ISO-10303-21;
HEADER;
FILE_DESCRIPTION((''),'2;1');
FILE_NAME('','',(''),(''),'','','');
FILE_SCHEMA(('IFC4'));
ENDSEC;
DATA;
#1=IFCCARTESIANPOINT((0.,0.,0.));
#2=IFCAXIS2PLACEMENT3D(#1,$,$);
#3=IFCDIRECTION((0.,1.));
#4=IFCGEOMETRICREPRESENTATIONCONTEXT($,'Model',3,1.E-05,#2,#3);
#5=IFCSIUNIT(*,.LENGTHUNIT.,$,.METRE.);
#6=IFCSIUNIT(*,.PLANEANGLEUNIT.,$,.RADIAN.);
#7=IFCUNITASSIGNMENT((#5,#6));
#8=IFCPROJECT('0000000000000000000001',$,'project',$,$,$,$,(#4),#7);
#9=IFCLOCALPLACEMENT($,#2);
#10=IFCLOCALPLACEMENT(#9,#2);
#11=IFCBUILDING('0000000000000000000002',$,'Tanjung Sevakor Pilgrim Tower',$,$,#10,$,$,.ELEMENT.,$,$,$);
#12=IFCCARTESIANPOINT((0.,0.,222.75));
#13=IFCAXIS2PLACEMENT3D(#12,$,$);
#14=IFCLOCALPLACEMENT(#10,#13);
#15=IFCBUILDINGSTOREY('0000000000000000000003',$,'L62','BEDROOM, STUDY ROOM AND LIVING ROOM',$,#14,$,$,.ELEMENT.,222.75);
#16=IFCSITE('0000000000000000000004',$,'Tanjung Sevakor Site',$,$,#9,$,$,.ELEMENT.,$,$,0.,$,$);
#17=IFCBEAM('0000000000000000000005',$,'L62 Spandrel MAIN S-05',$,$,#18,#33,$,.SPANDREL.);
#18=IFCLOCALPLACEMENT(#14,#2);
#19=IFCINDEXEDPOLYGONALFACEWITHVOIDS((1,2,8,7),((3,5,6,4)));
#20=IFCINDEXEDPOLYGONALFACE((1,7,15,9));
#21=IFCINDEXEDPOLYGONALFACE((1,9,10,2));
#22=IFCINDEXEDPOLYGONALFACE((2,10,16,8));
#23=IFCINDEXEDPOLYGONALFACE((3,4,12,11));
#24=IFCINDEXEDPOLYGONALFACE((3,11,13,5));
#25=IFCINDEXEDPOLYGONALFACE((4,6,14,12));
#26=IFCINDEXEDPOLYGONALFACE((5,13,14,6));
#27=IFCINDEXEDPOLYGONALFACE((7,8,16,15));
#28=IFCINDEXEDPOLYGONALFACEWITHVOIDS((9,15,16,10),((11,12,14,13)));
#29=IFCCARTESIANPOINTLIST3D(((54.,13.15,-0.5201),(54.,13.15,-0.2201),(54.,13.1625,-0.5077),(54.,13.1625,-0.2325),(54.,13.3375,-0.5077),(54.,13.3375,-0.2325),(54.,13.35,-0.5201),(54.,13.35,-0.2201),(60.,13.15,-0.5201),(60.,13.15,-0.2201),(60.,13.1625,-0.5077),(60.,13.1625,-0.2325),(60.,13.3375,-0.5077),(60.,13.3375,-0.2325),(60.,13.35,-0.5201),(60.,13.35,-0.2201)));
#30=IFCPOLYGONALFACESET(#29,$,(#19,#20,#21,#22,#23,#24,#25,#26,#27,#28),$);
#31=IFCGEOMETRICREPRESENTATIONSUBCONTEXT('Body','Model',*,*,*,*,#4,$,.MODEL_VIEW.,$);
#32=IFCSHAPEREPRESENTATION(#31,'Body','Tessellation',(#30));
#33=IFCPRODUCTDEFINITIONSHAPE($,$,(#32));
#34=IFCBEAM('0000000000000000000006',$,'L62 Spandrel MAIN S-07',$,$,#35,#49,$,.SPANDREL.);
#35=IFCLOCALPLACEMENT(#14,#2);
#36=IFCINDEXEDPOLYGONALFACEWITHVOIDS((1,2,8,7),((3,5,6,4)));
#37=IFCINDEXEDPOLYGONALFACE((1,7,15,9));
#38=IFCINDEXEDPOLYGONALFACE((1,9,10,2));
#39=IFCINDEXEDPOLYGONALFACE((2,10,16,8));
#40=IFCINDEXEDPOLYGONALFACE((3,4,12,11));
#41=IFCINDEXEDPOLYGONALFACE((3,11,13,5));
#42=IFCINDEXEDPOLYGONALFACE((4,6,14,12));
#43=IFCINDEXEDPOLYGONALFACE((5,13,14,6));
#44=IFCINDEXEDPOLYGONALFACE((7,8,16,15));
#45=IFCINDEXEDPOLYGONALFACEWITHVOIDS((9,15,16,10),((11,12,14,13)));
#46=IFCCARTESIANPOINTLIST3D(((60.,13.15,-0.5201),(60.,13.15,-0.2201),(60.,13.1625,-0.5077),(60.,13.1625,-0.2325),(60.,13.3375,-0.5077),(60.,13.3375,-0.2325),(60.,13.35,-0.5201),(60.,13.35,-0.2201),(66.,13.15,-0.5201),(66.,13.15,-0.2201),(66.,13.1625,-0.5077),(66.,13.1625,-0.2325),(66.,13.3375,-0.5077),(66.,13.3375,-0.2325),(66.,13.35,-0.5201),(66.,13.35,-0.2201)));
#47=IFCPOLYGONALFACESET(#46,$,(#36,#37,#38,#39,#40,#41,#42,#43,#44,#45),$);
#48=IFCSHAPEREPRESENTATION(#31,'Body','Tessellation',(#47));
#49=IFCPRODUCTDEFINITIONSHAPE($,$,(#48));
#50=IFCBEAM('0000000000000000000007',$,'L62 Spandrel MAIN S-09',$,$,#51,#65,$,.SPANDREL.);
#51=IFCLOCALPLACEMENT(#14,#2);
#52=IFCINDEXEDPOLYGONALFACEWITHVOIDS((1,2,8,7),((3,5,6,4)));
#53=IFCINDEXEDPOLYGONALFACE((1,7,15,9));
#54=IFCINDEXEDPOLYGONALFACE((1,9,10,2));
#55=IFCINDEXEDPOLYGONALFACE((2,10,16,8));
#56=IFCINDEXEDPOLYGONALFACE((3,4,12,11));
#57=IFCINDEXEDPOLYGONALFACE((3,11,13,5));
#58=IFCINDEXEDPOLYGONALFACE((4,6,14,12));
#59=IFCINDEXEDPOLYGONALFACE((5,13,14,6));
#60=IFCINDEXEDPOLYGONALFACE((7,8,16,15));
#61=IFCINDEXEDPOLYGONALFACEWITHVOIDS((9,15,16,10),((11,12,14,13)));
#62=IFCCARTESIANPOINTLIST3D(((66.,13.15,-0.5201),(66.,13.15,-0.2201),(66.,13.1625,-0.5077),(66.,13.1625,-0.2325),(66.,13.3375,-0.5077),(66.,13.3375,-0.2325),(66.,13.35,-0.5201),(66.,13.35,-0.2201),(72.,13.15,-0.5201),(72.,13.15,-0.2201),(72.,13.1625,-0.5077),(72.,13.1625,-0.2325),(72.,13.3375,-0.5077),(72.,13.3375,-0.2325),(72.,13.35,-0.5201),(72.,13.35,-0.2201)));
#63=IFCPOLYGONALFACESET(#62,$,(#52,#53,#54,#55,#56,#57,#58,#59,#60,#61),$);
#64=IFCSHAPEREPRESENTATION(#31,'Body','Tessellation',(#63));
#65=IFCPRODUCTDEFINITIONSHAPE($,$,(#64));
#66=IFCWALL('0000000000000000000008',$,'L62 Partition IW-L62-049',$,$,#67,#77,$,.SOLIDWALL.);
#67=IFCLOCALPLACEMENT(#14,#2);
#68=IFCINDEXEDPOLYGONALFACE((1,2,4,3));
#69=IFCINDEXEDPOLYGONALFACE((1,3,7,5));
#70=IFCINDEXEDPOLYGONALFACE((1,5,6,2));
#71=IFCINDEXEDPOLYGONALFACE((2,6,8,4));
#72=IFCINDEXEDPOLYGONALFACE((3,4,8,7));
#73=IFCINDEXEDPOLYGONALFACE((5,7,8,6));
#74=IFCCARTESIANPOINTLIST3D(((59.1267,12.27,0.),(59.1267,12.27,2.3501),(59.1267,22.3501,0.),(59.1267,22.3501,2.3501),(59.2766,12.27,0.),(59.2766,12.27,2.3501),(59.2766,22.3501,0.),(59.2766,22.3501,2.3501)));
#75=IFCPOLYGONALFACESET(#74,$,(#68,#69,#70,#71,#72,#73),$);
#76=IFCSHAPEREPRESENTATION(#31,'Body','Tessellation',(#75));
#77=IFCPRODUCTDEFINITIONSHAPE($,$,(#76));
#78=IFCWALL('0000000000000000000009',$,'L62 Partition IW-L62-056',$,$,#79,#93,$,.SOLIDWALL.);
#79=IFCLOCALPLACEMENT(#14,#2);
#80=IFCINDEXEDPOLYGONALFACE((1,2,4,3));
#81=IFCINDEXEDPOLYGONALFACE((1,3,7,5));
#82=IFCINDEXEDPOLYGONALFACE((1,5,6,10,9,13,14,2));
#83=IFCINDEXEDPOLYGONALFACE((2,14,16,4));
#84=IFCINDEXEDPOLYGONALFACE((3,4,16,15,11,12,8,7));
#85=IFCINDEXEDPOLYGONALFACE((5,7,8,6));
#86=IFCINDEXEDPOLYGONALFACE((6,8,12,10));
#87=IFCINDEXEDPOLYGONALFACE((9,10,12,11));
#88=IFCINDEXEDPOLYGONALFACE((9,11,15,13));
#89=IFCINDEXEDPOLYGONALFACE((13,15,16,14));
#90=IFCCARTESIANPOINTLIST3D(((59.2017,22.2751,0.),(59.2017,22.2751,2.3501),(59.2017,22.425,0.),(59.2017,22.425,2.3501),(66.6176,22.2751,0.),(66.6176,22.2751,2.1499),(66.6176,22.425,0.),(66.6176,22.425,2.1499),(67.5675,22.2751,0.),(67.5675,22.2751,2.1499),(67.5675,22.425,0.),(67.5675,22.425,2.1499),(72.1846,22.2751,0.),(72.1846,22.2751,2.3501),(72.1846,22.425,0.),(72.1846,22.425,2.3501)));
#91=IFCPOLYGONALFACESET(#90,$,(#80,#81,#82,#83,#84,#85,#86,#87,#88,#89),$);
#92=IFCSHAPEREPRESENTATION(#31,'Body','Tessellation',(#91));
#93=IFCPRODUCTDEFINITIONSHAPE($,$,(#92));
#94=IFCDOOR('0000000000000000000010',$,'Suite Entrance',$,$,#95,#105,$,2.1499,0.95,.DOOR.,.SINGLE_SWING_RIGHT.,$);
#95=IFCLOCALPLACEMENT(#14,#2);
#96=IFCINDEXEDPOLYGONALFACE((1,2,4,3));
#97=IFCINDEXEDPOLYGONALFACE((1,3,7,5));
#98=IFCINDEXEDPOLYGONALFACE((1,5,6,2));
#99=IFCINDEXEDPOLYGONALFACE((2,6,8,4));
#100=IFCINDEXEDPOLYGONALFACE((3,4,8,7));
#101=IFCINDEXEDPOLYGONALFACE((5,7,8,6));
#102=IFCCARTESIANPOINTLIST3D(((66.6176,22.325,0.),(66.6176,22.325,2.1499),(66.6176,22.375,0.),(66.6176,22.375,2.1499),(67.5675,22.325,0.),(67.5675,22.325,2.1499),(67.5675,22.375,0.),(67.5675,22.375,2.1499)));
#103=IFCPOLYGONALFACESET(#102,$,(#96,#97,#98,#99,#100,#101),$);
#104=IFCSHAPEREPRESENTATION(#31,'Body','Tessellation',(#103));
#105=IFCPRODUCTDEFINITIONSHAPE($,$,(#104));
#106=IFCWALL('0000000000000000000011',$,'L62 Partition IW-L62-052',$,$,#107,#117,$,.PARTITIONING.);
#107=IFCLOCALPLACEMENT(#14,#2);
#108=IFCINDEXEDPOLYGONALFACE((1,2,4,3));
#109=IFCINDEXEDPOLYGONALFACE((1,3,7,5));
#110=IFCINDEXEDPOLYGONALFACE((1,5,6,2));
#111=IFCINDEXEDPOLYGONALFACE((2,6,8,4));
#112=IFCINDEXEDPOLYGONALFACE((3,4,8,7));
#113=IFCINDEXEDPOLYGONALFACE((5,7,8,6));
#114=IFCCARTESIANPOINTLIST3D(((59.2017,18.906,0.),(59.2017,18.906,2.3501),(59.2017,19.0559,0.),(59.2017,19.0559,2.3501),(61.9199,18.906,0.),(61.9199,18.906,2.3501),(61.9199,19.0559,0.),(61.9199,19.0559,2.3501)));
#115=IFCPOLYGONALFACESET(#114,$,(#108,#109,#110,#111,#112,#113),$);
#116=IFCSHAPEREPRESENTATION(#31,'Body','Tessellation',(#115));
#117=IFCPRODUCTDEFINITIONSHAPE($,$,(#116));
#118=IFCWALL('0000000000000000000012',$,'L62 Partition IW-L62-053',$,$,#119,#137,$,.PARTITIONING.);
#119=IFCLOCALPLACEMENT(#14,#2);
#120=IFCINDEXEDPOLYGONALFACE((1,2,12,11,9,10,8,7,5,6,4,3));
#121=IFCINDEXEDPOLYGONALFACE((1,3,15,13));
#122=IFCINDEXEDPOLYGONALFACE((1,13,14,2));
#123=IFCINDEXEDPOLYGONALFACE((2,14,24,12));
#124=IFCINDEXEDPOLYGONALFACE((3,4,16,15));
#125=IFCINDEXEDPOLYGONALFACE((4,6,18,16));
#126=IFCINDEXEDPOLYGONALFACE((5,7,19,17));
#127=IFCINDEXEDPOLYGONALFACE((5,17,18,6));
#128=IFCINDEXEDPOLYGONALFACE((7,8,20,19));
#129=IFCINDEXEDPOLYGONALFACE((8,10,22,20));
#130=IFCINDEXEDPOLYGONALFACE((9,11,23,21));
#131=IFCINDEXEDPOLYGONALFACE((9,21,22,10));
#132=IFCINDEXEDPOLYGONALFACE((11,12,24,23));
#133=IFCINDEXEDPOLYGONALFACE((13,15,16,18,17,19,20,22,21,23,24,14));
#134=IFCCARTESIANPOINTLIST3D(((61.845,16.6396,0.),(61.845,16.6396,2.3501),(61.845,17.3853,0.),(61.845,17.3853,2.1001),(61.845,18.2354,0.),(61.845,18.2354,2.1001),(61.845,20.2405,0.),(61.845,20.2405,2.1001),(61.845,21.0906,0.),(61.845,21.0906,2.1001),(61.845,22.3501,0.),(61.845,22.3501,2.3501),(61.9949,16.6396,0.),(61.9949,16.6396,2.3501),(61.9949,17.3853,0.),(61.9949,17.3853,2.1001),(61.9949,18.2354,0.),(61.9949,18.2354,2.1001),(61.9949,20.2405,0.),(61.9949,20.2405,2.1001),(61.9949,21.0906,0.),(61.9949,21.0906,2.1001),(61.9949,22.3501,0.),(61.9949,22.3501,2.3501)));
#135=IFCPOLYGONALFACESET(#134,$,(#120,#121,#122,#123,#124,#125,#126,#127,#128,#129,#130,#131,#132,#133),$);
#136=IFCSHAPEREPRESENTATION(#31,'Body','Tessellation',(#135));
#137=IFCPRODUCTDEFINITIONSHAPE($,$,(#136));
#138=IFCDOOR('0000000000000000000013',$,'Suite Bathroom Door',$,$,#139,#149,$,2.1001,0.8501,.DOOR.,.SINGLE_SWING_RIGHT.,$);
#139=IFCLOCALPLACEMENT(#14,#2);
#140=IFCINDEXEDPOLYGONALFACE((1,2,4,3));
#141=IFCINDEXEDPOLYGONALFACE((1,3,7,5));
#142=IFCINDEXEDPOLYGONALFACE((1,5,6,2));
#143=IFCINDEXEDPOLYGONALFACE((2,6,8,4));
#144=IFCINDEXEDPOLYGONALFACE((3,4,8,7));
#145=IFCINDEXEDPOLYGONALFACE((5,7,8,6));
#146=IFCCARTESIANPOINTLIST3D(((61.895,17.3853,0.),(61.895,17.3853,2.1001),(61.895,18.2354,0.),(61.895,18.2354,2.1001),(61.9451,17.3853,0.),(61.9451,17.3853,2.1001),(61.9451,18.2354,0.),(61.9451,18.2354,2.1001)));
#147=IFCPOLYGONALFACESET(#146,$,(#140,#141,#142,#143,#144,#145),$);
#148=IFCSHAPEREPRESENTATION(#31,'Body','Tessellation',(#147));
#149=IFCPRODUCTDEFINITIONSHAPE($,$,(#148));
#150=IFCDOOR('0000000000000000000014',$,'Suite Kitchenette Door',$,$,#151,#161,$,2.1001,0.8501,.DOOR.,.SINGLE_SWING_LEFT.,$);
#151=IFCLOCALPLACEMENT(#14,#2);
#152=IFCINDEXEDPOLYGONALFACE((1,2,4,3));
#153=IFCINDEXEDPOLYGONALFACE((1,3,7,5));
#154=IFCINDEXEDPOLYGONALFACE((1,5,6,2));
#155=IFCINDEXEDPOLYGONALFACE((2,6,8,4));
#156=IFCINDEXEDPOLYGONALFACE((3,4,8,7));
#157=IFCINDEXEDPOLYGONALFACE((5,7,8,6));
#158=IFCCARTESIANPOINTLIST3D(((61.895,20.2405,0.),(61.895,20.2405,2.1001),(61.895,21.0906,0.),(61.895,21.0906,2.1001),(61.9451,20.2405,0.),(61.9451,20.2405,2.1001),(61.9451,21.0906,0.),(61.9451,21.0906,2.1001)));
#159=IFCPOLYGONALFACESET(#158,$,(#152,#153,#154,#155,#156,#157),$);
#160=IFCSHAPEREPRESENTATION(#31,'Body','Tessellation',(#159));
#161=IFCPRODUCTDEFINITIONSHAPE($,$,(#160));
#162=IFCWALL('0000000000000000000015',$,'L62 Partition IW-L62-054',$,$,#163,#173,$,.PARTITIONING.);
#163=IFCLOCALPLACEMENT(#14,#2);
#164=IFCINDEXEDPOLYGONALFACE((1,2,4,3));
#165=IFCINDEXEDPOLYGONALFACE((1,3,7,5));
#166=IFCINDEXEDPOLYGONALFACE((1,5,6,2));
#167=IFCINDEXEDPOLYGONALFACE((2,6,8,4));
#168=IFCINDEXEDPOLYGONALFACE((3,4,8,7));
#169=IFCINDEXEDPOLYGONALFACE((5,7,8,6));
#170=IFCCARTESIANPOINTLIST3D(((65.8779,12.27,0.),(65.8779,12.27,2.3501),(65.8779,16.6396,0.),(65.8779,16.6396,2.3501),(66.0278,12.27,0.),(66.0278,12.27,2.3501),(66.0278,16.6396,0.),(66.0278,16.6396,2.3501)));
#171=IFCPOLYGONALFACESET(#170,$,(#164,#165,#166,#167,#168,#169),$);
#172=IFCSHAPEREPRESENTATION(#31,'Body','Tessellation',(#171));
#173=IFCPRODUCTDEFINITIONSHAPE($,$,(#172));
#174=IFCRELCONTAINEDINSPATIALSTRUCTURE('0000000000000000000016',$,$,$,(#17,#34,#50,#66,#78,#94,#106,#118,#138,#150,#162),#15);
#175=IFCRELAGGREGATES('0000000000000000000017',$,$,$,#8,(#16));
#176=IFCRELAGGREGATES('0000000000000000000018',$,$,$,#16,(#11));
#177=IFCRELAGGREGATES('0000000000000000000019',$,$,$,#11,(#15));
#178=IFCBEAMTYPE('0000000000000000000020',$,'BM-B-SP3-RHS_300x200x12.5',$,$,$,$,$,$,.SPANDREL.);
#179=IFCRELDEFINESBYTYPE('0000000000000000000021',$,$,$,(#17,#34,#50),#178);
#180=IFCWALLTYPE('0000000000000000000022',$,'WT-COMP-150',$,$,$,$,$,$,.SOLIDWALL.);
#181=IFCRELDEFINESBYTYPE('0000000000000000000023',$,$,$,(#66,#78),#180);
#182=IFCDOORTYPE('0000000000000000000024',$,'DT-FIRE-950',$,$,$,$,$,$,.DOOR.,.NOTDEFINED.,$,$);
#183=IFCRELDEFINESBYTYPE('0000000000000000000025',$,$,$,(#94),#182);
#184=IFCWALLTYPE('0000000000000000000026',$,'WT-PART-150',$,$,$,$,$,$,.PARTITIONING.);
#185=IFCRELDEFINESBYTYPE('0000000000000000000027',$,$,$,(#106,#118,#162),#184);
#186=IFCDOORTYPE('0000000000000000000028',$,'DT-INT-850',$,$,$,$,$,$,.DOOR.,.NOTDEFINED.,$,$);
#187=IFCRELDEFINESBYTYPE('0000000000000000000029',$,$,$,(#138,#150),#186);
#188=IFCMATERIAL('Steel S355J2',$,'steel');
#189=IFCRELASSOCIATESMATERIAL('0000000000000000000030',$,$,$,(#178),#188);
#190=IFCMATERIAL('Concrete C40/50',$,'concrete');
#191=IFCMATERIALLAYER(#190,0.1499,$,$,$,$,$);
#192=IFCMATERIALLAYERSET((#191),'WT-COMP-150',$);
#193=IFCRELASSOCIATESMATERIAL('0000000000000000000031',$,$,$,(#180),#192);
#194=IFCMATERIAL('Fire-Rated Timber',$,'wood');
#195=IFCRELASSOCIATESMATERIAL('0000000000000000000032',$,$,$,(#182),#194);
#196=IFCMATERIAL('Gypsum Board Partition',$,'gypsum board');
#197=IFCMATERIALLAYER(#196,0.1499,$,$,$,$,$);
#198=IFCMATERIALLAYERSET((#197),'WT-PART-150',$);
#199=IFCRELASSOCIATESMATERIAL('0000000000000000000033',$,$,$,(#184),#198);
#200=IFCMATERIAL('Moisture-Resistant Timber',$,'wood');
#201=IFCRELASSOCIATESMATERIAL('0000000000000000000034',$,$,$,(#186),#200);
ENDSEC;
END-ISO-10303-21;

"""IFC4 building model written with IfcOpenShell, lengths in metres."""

from ifc_helpers import new_model, si_unit, direction, frame, frame_2d, origin, origin_2d, place, context, subcontext, project, spatial, rectangle, hollow_rectangle, extrude, material, layer, layer_set, material_profile, profile_set, type_object, element, fill, save


model = new_model("IFC4")

# Units and contexts
model_context = context("Model", 3, precision=1e-05, world=origin(), true_north=direction((0.0, 1.0)))
body_context = subcontext(model_context, "Body", "Model", "MODEL_VIEW")
ifc_project = project(units=[si_unit("LENGTHUNIT", "METRE"), si_unit("PLANEANGLEUNIT", "RADIAN")], contexts=[model_context])

# Site, building, storey
site_placement = place(None, origin())
site = spatial("IfcSite", under=ifc_project, at=site_placement, Name="Tanjung Sevakor Site", CompositionType="ELEMENT", RefElevation=0.0)
building_placement = place(site_placement, origin())
building = spatial("IfcBuilding", under=site, at=building_placement, Name="Tanjung Sevakor Pilgrim Tower", CompositionType="ELEMENT")
storey_placement = place(building_placement, frame((0.0, 0.0, 222.75)))
storey = spatial("IfcBuildingStorey", under=building, at=storey_placement, Name="L62", Description="BEDROOM, STUDY ROOM AND LIVING ROOM", CompositionType="ELEMENT", Elevation=222.75)

# Beams
ifc_material_1 = material(Name="Steel S355J2", Category="steel")
ifc_material_profile_1 = material_profile(ifc_material_1, hollow_rectangle(XDim=0.2, YDim=0.3, WallThickness=0.0125, at=origin_2d()))
ifc_profile_set_1 = profile_set([ifc_material_profile_1], Name="Steel S355J2")
beam_type_1 = type_object("IfcBeamType", Name="BM-B-SP3-RHS_300x200x12.5", PredefinedType="SPANDREL", material=ifc_profile_set_1)
for number, where, z_axis, x_axis, name in (
    (1, (54.0, 13.25, -0.3701), (1.0, 0.0, 0.0), (0.0, 1.0, 0.0), "L62 Spandrel MAIN S-05"),
    (2, (60.0, 13.25, -0.3701), (1.0, 0.0, 0.0), (0.0, 1.0, 0.0), "L62 Spandrel MAIN S-07"),
    (3, (66.0, 13.25, -0.3701), (1.0, 0.0, 0.0), (0.0, 1.0, 0.0), "L62 Spandrel MAIN S-09"),
):
    element("IfcBeam", number, at=place(storey_placement, frame(where, z_axis=z_axis, x_axis=x_axis)), inside=storey, type_object=beam_type_1, Name=name, PredefinedType="SPANDREL", context=body_context, shape_type="SweptSolid", body=[
        extrude(hollow_rectangle(XDim=0.2, YDim=0.3, WallThickness=0.0125, at=origin_2d()), origin(), (0.0, 0.0, 1.0), 6.0),
    ])

# Wall
ifc_material_2 = material(Name="Concrete C40/50", Category="concrete")
ifc_layer_1 = layer(ifc_material_2, 0.1499)
ifc_layer_set_1 = layer_set([ifc_layer_1], Name="WT-COMP-150")
wall_type_1 = type_object("IfcWallType", Name="WT-COMP-150", PredefinedType="SOLIDWALL", material=ifc_layer_set_1)
wall_1_placement = place(storey_placement, frame((59.2017, 12.27, 0.0), z_axis=(0.0, 0.0, 1.0), x_axis=(0.0, 1.0, 0.0)))
element("IfcWall", 4, at=wall_1_placement, inside=storey, type_object=wall_type_1, Name="L62 Partition IW-L62-049", PredefinedType="SOLIDWALL", context=body_context, shape_type="SweptSolid", body=[
    extrude(rectangle(XDim=10.0801, YDim=0.1499, at=frame_2d((5.04, 0.0))), origin(), (0.0, 0.0, 1.0), 2.3501),
])

# Wall, opening, door
wall_2_placement = place(storey_placement, frame((59.2017, 22.3501, 0.0), z_axis=(0.0, 0.0, 1.0), x_axis=(1.0, 0.0, 0.0)))
wall_2 = element("IfcWall", 5, at=wall_2_placement, inside=storey, type_object=wall_type_1, Name="L62 Partition IW-L62-056", PredefinedType="SOLIDWALL", context=body_context, shape_type="SweptSolid", body=[
    extrude(rectangle(XDim=12.9829, YDim=0.1499, at=frame_2d((6.4915, 0.0))), origin(), (0.0, 0.0, 1.0), 2.3501),
])
opening_1_placement = place(wall_2_placement, frame((7.4158, 0.0, 0.0)))
opening_1 = element("IfcOpeningElement", 6, at=opening_1_placement, cuts=wall_2, PredefinedType="OPENING", context=body_context, shape_type="SweptSolid", body=[
    extrude(rectangle(XDim=0.95, YDim=2.1499, at=frame_2d((0.4751, 1.075))), frame((0.0, 0.085, 0.0), z_axis=(0.0, -1.0, 0.0), x_axis=(1.0, 0.0, 0.0)), (0.0, 0.0, 1.0), 0.1699),
])
ifc_material_3 = material(Name="Fire-Rated Timber", Category="wood")
door_type_1 = type_object("IfcDoorType", Name="DT-FIRE-950", OperationType="NOTDEFINED", PredefinedType="DOOR", material=ifc_material_3)
door_1_placement = place(opening_1_placement, origin())
door_1 = element("IfcDoor", 7, at=door_1_placement, inside=storey, type_object=door_type_1, Name="Suite Entrance", OperationType="SINGLE_SWING_RIGHT", OverallHeight=2.1499, OverallWidth=0.95, PredefinedType="DOOR", context=body_context, shape_type="SweptSolid", body=[
    extrude(rectangle(XDim=0.95, YDim=2.1499, at=frame_2d((0.4751, 1.075))), frame((0.0, 0.0249, 0.0), z_axis=(0.0, -1.0, 0.0), x_axis=(1.0, 0.0, 0.0)), (0.0, 0.0, 1.0), 0.05),
])
fill(opening_1, door_1)

# Wall
ifc_material_4 = material(Name="Gypsum Board Partition", Category="gypsum board")
ifc_layer_2 = layer(ifc_material_4, 0.1499)
ifc_layer_set_2 = layer_set([ifc_layer_2], Name="WT-PART-150")
wall_type_2 = type_object("IfcWallType", Name="WT-PART-150", PredefinedType="PARTITIONING", material=ifc_layer_set_2)
wall_3_placement = place(storey_placement, frame((59.2017, 18.981, 0.0), z_axis=(0.0, 0.0, 1.0), x_axis=(1.0, 0.0, 0.0)))
element("IfcWall", 8, at=wall_3_placement, inside=storey, type_object=wall_type_2, Name="L62 Partition IW-L62-052", PredefinedType="PARTITIONING", context=body_context, shape_type="SweptSolid", body=[
    extrude(rectangle(XDim=2.7183, YDim=0.1499, at=frame_2d((1.3591, 0.0))), origin(), (0.0, 0.0, 1.0), 2.3501),
])

# Wall, openings, doors
wall_4_placement = place(storey_placement, frame((61.9199, 16.6396, 0.0), z_axis=(0.0, 0.0, 1.0), x_axis=(0.0, 1.0, 0.0)))
wall_4 = element("IfcWall", 9, at=wall_4_placement, inside=storey, type_object=wall_type_2, Name="L62 Partition IW-L62-053", PredefinedType="PARTITIONING", context=body_context, shape_type="SweptSolid", body=[
    extrude(rectangle(XDim=5.7104, YDim=0.1499, at=frame_2d((2.8552, 0.0))), origin(), (0.0, 0.0, 1.0), 2.3501),
])
opening_2_placement = place(wall_4_placement, frame((0.7456, 0.0, 0.0)))
opening_2 = element("IfcOpeningElement", 10, at=opening_2_placement, cuts=wall_4, PredefinedType="OPENING", context=body_context, shape_type="SweptSolid", body=[
    extrude(rectangle(XDim=0.8501, YDim=2.1001, at=frame_2d((0.425, 1.05))), frame((0.0, 0.085, 0.0), z_axis=(0.0, -1.0, 0.0), x_axis=(1.0, 0.0, 0.0)), (0.0, 0.0, 1.0), 0.1699),
])
opening_3_placement = place(wall_4_placement, frame((3.6008, 0.0, 0.0)))
opening_3 = element("IfcOpeningElement", 11, at=opening_3_placement, cuts=wall_4, PredefinedType="OPENING", context=body_context, shape_type="SweptSolid", body=[
    extrude(rectangle(XDim=0.8501, YDim=2.1001, at=frame_2d((0.425, 1.05))), frame((0.0, 0.085, 0.0), z_axis=(0.0, -1.0, 0.0), x_axis=(1.0, 0.0, 0.0)), (0.0, 0.0, 1.0), 0.1699),
])
ifc_material_5 = material(Name="Moisture-Resistant Timber", Category="wood")
door_type_2 = type_object("IfcDoorType", Name="DT-INT-850", OperationType="NOTDEFINED", PredefinedType="DOOR", material=ifc_material_5)
door_2_placement = place(opening_2_placement, origin())
door_2 = element("IfcDoor", 12, at=door_2_placement, inside=storey, type_object=door_type_2, Name="Suite Bathroom Door", OperationType="SINGLE_SWING_RIGHT", OverallHeight=2.1001, OverallWidth=0.8501, PredefinedType="DOOR", context=body_context, shape_type="SweptSolid", body=[
    extrude(rectangle(XDim=0.8501, YDim=2.1001, at=frame_2d((0.425, 1.05))), frame((0.0, 0.0249, 0.0), z_axis=(0.0, -1.0, 0.0), x_axis=(1.0, 0.0, 0.0)), (0.0, 0.0, 1.0), 0.05),
])
fill(opening_2, door_2)
door_3_placement = place(opening_3_placement, origin())
door_3 = element("IfcDoor", 13, at=door_3_placement, inside=storey, type_object=door_type_2, Name="Suite Kitchenette Door", OperationType="SINGLE_SWING_LEFT", OverallHeight=2.1001, OverallWidth=0.8501, PredefinedType="DOOR", context=body_context, shape_type="SweptSolid", body=[
    extrude(rectangle(XDim=0.8501, YDim=2.1001, at=frame_2d((0.425, 1.05))), frame((0.0, 0.0249, 0.0), z_axis=(0.0, -1.0, 0.0), x_axis=(1.0, 0.0, 0.0)), (0.0, 0.0, 1.0), 0.05),
])
fill(opening_3, door_3)

# Wall
wall_5_placement = place(storey_placement, frame((65.9529, 12.27, 0.0), z_axis=(0.0, 0.0, 1.0), x_axis=(0.0, 1.0, 0.0)))
element("IfcWall", 14, at=wall_5_placement, inside=storey, type_object=wall_type_2, Name="L62 Partition IW-L62-054", PredefinedType="PARTITIONING", context=body_context, shape_type="SweptSolid", body=[
    extrude(rectangle(XDim=4.3696, YDim=0.1499, at=frame_2d((2.1848, 0.0))), origin(), (0.0, 0.0, 1.0), 2.3501),
])

save(model, "model.ifc")
